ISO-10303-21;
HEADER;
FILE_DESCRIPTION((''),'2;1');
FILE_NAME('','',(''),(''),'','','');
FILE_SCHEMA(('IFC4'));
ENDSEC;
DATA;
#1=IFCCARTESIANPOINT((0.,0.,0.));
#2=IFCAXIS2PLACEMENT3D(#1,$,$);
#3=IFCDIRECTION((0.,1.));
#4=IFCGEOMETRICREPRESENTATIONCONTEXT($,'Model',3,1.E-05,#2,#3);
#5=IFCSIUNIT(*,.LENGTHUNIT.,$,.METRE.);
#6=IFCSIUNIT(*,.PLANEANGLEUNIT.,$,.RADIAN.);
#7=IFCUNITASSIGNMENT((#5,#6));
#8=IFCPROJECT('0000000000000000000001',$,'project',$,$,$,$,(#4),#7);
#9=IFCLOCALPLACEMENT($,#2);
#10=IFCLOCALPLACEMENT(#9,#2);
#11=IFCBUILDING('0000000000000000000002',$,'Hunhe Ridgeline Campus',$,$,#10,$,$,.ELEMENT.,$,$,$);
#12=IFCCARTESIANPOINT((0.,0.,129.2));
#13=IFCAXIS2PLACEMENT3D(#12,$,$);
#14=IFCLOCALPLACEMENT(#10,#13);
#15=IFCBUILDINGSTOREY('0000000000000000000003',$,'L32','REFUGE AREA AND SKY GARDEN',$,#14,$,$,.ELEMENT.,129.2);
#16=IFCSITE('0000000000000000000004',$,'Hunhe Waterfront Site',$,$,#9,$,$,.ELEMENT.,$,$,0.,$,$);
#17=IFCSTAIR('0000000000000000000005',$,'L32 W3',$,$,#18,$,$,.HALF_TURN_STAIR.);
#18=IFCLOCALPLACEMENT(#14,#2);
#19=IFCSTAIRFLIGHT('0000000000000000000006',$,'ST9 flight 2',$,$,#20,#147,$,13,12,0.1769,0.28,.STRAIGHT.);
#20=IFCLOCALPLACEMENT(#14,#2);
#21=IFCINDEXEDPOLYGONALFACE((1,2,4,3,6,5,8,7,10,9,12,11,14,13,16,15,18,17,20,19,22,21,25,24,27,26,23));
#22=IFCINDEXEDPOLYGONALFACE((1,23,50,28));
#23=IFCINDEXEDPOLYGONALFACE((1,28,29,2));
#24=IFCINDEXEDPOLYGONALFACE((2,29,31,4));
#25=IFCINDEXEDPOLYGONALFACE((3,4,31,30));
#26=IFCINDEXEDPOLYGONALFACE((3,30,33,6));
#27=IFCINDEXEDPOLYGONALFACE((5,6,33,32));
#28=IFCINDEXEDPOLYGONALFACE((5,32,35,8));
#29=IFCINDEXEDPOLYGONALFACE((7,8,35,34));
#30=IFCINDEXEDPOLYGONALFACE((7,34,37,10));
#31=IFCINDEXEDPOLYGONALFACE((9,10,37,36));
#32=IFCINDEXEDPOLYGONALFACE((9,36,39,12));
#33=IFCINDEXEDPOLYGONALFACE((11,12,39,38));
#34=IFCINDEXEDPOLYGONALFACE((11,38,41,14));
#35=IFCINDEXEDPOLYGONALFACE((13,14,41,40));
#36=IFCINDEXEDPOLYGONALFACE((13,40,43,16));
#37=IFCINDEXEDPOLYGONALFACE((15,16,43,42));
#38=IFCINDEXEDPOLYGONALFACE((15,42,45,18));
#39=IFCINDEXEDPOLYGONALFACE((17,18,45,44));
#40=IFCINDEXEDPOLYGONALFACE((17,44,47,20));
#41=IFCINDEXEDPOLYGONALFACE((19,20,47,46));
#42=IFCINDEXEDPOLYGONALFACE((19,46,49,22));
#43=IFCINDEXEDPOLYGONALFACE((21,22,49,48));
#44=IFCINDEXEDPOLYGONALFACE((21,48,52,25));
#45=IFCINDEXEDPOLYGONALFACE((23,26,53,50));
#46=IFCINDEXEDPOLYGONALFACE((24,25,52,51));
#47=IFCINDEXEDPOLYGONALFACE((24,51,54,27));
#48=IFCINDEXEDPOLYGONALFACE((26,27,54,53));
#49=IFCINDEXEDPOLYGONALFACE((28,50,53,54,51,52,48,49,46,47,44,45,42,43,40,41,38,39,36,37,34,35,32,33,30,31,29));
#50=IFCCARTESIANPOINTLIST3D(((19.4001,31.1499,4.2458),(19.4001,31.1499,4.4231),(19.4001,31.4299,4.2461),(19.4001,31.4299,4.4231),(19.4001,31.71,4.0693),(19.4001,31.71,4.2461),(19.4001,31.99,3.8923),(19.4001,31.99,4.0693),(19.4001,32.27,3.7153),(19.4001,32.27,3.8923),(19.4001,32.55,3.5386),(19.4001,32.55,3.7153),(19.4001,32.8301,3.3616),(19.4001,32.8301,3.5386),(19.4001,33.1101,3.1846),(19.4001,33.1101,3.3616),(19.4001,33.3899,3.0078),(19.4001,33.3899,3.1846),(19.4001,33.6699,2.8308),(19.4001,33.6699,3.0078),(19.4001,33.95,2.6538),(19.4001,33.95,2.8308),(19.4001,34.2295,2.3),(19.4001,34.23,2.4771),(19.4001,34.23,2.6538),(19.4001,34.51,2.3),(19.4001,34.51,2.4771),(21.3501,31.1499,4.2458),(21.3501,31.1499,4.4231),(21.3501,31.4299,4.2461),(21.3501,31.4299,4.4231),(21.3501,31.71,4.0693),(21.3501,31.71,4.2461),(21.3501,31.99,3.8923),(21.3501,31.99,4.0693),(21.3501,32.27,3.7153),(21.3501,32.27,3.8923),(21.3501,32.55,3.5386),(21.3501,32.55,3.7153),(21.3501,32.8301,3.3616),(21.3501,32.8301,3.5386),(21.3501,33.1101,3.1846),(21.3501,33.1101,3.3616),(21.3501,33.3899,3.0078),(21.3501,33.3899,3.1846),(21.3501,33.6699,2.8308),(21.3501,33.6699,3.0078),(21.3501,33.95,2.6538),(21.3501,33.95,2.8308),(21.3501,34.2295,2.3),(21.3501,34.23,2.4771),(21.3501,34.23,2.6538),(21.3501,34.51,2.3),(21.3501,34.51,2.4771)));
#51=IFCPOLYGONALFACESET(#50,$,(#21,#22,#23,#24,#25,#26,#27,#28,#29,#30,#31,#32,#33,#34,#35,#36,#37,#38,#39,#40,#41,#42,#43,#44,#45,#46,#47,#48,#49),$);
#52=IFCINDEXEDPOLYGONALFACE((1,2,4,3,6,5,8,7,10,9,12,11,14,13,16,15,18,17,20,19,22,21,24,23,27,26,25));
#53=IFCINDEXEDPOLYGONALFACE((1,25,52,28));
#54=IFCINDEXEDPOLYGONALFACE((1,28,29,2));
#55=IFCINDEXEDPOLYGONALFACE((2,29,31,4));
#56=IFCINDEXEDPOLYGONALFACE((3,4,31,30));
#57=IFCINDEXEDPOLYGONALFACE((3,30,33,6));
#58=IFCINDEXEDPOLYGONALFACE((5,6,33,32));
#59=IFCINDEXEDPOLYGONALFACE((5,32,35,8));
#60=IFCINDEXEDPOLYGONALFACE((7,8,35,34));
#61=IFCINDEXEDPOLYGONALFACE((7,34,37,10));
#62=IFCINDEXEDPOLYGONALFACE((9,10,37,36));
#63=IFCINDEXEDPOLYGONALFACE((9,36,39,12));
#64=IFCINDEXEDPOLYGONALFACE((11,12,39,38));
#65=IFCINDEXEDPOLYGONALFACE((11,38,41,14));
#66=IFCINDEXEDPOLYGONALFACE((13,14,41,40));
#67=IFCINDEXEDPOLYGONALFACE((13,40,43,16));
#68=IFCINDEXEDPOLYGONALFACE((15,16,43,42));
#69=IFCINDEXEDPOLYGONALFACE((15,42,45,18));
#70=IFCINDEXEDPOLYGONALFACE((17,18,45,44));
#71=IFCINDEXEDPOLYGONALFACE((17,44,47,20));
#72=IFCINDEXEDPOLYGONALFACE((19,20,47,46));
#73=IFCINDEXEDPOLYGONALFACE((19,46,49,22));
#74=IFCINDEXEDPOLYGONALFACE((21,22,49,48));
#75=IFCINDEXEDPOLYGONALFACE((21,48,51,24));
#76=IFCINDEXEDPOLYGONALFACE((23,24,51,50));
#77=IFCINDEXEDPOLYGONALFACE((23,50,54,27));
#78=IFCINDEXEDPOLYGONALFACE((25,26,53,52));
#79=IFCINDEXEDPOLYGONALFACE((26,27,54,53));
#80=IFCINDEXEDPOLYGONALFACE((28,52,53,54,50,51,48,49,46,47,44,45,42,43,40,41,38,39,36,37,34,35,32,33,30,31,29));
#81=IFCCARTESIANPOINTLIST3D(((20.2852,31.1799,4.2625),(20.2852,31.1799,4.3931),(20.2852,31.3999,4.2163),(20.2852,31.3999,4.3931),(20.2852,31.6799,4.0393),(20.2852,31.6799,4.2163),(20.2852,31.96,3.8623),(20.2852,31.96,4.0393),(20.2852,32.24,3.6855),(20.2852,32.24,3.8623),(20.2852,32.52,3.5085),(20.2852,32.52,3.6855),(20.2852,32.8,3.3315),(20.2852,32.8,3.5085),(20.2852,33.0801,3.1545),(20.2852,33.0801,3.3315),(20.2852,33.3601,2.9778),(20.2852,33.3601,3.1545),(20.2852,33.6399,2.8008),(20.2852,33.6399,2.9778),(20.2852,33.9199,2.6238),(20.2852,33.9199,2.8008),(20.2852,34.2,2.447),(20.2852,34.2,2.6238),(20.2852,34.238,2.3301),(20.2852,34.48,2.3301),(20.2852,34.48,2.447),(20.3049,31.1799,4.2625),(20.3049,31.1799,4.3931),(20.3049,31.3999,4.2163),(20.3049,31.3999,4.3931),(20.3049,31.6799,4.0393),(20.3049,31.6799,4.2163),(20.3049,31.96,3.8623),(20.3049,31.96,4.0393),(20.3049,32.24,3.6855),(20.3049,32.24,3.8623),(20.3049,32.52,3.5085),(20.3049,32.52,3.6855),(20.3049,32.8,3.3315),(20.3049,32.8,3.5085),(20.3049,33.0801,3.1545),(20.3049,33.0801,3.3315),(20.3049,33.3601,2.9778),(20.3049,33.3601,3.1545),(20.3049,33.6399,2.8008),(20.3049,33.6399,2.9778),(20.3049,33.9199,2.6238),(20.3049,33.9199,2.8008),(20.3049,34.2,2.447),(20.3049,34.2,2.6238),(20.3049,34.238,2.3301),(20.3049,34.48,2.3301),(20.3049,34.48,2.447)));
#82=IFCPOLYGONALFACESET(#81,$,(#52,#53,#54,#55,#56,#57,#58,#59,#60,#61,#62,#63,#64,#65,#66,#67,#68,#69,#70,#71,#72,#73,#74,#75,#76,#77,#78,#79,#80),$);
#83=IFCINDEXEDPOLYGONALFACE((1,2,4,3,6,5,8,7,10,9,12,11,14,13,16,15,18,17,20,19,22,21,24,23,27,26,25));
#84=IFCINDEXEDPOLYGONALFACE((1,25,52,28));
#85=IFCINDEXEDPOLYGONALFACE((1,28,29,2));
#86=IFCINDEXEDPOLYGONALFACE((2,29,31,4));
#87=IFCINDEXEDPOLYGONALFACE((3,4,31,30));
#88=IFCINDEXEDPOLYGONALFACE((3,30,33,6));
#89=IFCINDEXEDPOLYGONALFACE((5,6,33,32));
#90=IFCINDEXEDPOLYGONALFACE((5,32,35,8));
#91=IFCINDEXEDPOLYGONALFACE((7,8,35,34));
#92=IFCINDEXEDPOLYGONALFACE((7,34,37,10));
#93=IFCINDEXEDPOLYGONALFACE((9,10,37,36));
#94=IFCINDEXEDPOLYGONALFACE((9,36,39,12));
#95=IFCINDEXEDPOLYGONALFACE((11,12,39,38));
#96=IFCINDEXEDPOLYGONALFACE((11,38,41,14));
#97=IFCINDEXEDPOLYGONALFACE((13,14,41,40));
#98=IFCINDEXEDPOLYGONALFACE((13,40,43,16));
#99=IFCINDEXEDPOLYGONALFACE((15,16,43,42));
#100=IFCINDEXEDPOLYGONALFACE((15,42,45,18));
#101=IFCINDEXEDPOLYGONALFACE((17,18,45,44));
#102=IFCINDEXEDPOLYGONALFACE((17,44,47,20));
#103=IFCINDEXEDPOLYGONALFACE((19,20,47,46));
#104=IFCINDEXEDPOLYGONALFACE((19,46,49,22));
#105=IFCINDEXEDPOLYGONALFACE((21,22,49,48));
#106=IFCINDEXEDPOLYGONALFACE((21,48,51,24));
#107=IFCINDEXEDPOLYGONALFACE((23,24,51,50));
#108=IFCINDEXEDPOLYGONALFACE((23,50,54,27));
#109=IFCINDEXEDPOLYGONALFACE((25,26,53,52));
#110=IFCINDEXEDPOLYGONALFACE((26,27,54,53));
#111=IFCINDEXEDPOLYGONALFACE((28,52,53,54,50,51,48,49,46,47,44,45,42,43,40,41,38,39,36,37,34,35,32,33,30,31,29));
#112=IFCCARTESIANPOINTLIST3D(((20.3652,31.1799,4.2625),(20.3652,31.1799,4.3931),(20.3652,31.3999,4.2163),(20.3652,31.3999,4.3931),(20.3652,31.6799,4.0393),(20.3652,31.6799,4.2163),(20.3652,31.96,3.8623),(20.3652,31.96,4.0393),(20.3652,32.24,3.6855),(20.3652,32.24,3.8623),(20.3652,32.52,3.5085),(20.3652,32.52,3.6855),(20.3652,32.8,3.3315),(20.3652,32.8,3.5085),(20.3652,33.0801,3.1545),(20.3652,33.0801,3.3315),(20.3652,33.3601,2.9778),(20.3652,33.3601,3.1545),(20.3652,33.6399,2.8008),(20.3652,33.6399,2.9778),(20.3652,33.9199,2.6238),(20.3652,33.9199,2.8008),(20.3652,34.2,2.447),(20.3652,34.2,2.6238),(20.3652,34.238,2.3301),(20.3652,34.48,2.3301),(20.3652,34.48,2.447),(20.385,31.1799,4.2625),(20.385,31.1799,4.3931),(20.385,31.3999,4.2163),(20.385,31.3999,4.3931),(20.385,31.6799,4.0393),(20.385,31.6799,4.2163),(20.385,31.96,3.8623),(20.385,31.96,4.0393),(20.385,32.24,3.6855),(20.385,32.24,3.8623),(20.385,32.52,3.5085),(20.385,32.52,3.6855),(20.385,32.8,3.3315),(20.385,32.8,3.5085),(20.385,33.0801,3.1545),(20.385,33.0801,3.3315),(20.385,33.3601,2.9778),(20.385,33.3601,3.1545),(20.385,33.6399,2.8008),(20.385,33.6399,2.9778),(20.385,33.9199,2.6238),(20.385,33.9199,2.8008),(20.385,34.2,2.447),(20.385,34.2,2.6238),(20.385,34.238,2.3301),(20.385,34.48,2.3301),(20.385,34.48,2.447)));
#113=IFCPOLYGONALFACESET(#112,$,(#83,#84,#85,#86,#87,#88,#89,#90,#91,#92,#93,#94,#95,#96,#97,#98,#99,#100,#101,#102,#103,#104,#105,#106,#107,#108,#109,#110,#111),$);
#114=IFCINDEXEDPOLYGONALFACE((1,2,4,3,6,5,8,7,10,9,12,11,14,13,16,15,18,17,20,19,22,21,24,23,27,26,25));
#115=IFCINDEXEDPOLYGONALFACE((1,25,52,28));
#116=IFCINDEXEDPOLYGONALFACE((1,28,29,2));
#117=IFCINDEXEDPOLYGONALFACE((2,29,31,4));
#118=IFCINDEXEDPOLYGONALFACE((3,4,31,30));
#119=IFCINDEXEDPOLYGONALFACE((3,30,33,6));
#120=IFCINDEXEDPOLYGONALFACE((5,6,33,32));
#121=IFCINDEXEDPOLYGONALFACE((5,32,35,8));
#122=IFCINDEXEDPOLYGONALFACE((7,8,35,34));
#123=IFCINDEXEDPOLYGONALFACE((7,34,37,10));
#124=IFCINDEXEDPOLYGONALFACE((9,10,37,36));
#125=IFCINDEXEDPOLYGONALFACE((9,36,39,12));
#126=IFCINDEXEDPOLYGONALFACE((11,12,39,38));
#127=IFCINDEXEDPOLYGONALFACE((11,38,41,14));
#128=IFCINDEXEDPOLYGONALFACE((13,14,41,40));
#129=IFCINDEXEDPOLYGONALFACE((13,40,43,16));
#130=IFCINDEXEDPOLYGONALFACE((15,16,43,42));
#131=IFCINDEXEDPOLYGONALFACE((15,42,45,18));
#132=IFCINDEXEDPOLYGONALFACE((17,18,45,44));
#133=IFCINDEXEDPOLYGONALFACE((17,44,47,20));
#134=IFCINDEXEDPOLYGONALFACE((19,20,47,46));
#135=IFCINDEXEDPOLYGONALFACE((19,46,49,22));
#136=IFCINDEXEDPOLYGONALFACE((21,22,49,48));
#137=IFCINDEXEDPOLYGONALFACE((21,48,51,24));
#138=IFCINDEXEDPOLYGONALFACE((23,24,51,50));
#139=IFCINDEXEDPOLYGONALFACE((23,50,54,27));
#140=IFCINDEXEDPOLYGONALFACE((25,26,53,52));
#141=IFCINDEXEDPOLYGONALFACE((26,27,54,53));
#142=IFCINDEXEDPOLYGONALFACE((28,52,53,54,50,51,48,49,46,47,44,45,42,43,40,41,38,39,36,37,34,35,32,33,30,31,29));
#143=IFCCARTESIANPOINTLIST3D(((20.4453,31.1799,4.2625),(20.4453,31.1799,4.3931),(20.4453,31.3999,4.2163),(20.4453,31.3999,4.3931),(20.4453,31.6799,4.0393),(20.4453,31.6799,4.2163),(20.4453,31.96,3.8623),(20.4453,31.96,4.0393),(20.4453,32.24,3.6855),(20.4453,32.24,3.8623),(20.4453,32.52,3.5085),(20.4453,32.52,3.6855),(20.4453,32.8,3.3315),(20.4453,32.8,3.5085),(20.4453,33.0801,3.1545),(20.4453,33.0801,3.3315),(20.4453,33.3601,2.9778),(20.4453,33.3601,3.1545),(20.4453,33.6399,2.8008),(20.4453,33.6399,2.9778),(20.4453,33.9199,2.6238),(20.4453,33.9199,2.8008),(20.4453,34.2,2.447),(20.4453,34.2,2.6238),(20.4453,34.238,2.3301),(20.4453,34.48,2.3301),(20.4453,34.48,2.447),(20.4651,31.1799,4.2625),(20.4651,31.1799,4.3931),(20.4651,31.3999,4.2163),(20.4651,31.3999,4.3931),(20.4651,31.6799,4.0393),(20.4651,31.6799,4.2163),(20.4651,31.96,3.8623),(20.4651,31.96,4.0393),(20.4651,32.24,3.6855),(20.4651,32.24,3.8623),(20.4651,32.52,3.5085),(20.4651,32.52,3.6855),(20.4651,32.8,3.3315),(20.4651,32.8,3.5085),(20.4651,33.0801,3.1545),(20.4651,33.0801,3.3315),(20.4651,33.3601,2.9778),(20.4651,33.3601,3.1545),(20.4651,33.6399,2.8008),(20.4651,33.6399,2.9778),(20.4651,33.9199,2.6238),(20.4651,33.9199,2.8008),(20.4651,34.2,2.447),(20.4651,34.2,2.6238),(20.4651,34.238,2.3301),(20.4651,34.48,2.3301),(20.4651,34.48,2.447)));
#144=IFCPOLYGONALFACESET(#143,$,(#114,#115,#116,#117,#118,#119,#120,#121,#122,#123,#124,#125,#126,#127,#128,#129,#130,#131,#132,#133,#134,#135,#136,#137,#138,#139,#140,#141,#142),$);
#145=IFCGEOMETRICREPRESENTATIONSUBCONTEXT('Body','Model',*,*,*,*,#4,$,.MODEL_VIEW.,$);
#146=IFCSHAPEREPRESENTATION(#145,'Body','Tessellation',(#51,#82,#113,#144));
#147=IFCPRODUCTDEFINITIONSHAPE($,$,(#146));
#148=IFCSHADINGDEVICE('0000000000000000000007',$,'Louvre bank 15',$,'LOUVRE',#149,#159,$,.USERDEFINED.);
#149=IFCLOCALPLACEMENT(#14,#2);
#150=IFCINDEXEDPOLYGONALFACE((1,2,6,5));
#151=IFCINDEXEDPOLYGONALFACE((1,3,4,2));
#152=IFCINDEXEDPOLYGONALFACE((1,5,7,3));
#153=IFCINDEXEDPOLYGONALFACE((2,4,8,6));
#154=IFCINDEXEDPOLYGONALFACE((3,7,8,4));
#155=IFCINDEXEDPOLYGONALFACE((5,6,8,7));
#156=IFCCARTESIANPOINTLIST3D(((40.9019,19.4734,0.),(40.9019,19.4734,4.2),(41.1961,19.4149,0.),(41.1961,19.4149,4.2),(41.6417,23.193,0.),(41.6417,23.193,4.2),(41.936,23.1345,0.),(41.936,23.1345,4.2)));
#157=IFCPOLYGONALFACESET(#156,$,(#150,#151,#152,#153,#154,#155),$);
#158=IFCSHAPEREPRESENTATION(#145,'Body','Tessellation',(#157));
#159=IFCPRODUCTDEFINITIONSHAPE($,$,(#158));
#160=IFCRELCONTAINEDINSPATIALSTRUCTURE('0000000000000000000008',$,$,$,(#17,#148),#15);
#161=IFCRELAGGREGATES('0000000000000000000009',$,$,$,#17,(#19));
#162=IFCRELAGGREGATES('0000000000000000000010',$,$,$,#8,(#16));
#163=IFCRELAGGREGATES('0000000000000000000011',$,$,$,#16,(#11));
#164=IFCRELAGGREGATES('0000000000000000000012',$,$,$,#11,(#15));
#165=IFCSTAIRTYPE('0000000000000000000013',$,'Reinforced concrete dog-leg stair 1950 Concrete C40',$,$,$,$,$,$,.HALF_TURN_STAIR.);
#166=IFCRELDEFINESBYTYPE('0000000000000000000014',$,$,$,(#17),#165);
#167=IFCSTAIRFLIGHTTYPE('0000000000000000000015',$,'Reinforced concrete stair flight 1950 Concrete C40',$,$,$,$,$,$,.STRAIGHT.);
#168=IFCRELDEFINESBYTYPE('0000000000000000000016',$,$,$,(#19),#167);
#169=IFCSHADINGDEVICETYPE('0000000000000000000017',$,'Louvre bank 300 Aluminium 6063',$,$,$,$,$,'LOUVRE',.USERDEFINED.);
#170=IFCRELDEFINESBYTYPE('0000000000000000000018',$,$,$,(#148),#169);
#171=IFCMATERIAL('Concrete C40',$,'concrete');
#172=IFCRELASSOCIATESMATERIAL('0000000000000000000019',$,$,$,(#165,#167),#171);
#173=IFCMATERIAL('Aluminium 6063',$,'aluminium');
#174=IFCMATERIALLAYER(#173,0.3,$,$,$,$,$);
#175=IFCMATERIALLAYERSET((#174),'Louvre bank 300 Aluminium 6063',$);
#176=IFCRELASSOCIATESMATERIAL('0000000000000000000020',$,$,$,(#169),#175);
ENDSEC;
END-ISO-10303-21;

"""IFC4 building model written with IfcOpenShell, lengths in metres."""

from ifc_helpers import new_model, si_unit, direction, frame, origin, origin_2d, place, context, subcontext, project, spatial, polyline, rectangle, outline, extrude, material, layer, layer_set, type_object, element, aggregate, save


model = new_model("IFC4")

# Units and contexts
model_context = context("Model", 3, precision=1e-05, world=origin(), true_north=direction((0.0, 1.0)))
body_context = subcontext(model_context, "Body", "Model", "MODEL_VIEW")
ifc_project = project(units=[si_unit("LENGTHUNIT", "METRE"), si_unit("PLANEANGLEUNIT", "RADIAN")], contexts=[model_context])

# Site, building, storey
site_placement = place(None, origin())
site = spatial("IfcSite", under=ifc_project, at=site_placement, Name="Hunhe Waterfront Site", CompositionType="ELEMENT", RefElevation=0.0)
building_placement = place(site_placement, origin())
building = spatial("IfcBuilding", under=site, at=building_placement, Name="Hunhe Ridgeline Campus", CompositionType="ELEMENT")
storey_placement = place(building_placement, frame((0.0, 0.0, 129.2)))
storey = spatial("IfcBuildingStorey", under=building, at=storey_placement, Name="L32", Description="REFUGE AREA AND SKY GARDEN", CompositionType="ELEMENT", Elevation=129.2)

# Stair, stair flight
ifc_material_1 = material(Name="Concrete C40", Category="concrete")
stair_type = type_object("IfcStairType", Name="Reinforced concrete dog-leg stair 1950 Concrete C40", PredefinedType="HALF_TURN_STAIR", material=ifc_material_1)
stair_placement = place(storey_placement, origin())
stair = element("IfcStair", 1, at=stair_placement, inside=storey, type_object=stair_type, Name="L32 W3", PredefinedType="HALF_TURN_STAIR")
stair_flight_type = type_object("IfcStairFlightType", Name="Reinforced concrete stair flight 1950 Concrete C40", PredefinedType="STRAIGHT", material=ifc_material_1)
stair_flight_1_placement = place(storey_placement, frame((20.375, 34.51, 2.3), z_axis=(0.0, 0.0, 1.0), x_axis=(0.0, -1.0, 0.0)))
stair_flight_1 = element("IfcStairFlight", 2, at=stair_flight_1_placement, type_object=stair_flight_type, Name="ST9 flight 2", NumberOfRisers=13, NumberOfTreads=12, PredefinedType="STRAIGHT", RiserHeight=0.1769, TreadLength=0.28, context=body_context, shape_type="SweptSolid", body=[
    extrude(outline(polyline([(0.0, 0.0), (0.0, 0.177), (0.28, 0.177), (0.28, 0.3538), (0.5601, 0.3538), (0.5601, 0.5308), (0.8401, 0.5308), (0.8401, 0.7078), (1.1201, 0.7078), (1.1201, 0.8845), (1.3999, 0.8845), (1.3999, 1.0615), (1.6799, 1.0615), (1.6799, 1.2385), (1.96, 1.2385), (1.96, 1.4153), (2.24, 1.4153), (2.24, 1.5923), (2.52, 1.5923), (2.52, 1.7693), (2.8, 1.7693), (2.8, 1.946), (3.0801, 1.946), (3.0801, 2.123), (3.3601, 2.123), (3.3601, 2.3), (3.3601, 1.9458), (0.2805, 0.0), (0.0, 0.0)])), frame((0.0, 0.9751, 0.0), z_axis=(0.0, -1.0, 0.0), x_axis=(1.0, 0.0, 0.0)), (0.0, 0.0, 1.0), 1.95),
    extrude(outline(polyline([(0.03, 0.03), (0.03, 0.147), (0.3101, 0.147), (0.3101, 0.3237), (0.5901, 0.3237), (0.5901, 0.5007), (0.8701, 0.5007), (0.8701, 0.6777), (1.1499, 0.6777), (1.1499, 0.8545), (1.4299, 0.8545), (1.4299, 1.0315), (1.71, 1.0315), (1.71, 1.2085), (1.99, 1.2085), (1.99, 1.3855), (2.27, 1.3855), (2.27, 1.5623), (2.55, 1.5623), (2.55, 1.7393), (2.8301, 1.7393), (2.8301, 1.9163), (3.1101, 1.9163), (3.1101, 2.093), (3.3301, 2.093), (3.3301, 1.9624), (0.272, 0.03), (0.03, 0.03)])), frame((0.0, -0.0701, 0.0), z_axis=(0.0, -1.0, 0.0), x_axis=(1.0, 0.0, 0.0)), (0.0, 0.0, 1.0), 0.0198),
    extrude(outline(polyline([(0.03, 0.03), (0.03, 0.147), (0.3101, 0.147), (0.3101, 0.3237), (0.5901, 0.3237), (0.5901, 0.5007), (0.8701, 0.5007), (0.8701, 0.6777), (1.1499, 0.6777), (1.1499, 0.8545), (1.4299, 0.8545), (1.4299, 1.0315), (1.71, 1.0315), (1.71, 1.2085), (1.99, 1.2085), (1.99, 1.3855), (2.27, 1.3855), (2.27, 1.5623), (2.55, 1.5623), (2.55, 1.7393), (2.8301, 1.7393), (2.8301, 1.9163), (3.1101, 1.9163), (3.1101, 2.093), (3.3301, 2.093), (3.3301, 1.9624), (0.272, 0.03), (0.03, 0.03)])), frame((0.0, 0.01, 0.0), z_axis=(0.0, -1.0, 0.0), x_axis=(1.0, 0.0, 0.0)), (0.0, 0.0, 1.0), 0.0198),
    extrude(outline(polyline([(0.03, 0.03), (0.03, 0.147), (0.3101, 0.147), (0.3101, 0.3237), (0.5901, 0.3237), (0.5901, 0.5007), (0.8701, 0.5007), (0.8701, 0.6777), (1.1499, 0.6777), (1.1499, 0.8545), (1.4299, 0.8545), (1.4299, 1.0315), (1.71, 1.0315), (1.71, 1.2085), (1.99, 1.2085), (1.99, 1.3855), (2.27, 1.3855), (2.27, 1.5623), (2.55, 1.5623), (2.55, 1.7393), (2.8301, 1.7393), (2.8301, 1.9163), (3.1101, 1.9163), (3.1101, 2.093), (3.3301, 2.093), (3.3301, 1.9624), (0.272, 0.03), (0.03, 0.03)])), frame((0.0, 0.0901, 0.0), z_axis=(0.0, -1.0, 0.0), x_axis=(1.0, 0.0, 0.0)), (0.0, 0.0, 1.0), 0.0198),
])
aggregate(stair, [stair_flight_1])

# Shading device
ifc_material_2 = material(Name="Aluminium 6063", Category="aluminium")
ifc_layer_1 = layer(ifc_material_2, 0.3)
ifc_layer_set_1 = layer_set([ifc_layer_1], Name="Louvre bank 300 Aluminium 6063")
shading_device_type = type_object("IfcShadingDeviceType", Name="Louvre bank 300 Aluminium 6063", ElementType="LOUVRE", PredefinedType="USERDEFINED", material=ifc_layer_set_1)
shading_device_placement = place(storey_placement, frame((41.4189, 21.304, 0.0), z_axis=(0.0, 0.0, 1.0), x_axis=(0.19509, 0.980785, 0.0)))
element("IfcShadingDevice", 3, at=shading_device_placement, inside=storey, type_object=shading_device_type, Name="Louvre bank 15", ObjectType="LOUVRE", PredefinedType="USERDEFINED", context=body_context, shape_type="SweptSolid", body=[
    extrude(rectangle(XDim=3.7925, YDim=0.3, at=origin_2d()), origin(), (0.0, 0.0, 1.0), 4.2),
])

save(model, "model.ifc")
